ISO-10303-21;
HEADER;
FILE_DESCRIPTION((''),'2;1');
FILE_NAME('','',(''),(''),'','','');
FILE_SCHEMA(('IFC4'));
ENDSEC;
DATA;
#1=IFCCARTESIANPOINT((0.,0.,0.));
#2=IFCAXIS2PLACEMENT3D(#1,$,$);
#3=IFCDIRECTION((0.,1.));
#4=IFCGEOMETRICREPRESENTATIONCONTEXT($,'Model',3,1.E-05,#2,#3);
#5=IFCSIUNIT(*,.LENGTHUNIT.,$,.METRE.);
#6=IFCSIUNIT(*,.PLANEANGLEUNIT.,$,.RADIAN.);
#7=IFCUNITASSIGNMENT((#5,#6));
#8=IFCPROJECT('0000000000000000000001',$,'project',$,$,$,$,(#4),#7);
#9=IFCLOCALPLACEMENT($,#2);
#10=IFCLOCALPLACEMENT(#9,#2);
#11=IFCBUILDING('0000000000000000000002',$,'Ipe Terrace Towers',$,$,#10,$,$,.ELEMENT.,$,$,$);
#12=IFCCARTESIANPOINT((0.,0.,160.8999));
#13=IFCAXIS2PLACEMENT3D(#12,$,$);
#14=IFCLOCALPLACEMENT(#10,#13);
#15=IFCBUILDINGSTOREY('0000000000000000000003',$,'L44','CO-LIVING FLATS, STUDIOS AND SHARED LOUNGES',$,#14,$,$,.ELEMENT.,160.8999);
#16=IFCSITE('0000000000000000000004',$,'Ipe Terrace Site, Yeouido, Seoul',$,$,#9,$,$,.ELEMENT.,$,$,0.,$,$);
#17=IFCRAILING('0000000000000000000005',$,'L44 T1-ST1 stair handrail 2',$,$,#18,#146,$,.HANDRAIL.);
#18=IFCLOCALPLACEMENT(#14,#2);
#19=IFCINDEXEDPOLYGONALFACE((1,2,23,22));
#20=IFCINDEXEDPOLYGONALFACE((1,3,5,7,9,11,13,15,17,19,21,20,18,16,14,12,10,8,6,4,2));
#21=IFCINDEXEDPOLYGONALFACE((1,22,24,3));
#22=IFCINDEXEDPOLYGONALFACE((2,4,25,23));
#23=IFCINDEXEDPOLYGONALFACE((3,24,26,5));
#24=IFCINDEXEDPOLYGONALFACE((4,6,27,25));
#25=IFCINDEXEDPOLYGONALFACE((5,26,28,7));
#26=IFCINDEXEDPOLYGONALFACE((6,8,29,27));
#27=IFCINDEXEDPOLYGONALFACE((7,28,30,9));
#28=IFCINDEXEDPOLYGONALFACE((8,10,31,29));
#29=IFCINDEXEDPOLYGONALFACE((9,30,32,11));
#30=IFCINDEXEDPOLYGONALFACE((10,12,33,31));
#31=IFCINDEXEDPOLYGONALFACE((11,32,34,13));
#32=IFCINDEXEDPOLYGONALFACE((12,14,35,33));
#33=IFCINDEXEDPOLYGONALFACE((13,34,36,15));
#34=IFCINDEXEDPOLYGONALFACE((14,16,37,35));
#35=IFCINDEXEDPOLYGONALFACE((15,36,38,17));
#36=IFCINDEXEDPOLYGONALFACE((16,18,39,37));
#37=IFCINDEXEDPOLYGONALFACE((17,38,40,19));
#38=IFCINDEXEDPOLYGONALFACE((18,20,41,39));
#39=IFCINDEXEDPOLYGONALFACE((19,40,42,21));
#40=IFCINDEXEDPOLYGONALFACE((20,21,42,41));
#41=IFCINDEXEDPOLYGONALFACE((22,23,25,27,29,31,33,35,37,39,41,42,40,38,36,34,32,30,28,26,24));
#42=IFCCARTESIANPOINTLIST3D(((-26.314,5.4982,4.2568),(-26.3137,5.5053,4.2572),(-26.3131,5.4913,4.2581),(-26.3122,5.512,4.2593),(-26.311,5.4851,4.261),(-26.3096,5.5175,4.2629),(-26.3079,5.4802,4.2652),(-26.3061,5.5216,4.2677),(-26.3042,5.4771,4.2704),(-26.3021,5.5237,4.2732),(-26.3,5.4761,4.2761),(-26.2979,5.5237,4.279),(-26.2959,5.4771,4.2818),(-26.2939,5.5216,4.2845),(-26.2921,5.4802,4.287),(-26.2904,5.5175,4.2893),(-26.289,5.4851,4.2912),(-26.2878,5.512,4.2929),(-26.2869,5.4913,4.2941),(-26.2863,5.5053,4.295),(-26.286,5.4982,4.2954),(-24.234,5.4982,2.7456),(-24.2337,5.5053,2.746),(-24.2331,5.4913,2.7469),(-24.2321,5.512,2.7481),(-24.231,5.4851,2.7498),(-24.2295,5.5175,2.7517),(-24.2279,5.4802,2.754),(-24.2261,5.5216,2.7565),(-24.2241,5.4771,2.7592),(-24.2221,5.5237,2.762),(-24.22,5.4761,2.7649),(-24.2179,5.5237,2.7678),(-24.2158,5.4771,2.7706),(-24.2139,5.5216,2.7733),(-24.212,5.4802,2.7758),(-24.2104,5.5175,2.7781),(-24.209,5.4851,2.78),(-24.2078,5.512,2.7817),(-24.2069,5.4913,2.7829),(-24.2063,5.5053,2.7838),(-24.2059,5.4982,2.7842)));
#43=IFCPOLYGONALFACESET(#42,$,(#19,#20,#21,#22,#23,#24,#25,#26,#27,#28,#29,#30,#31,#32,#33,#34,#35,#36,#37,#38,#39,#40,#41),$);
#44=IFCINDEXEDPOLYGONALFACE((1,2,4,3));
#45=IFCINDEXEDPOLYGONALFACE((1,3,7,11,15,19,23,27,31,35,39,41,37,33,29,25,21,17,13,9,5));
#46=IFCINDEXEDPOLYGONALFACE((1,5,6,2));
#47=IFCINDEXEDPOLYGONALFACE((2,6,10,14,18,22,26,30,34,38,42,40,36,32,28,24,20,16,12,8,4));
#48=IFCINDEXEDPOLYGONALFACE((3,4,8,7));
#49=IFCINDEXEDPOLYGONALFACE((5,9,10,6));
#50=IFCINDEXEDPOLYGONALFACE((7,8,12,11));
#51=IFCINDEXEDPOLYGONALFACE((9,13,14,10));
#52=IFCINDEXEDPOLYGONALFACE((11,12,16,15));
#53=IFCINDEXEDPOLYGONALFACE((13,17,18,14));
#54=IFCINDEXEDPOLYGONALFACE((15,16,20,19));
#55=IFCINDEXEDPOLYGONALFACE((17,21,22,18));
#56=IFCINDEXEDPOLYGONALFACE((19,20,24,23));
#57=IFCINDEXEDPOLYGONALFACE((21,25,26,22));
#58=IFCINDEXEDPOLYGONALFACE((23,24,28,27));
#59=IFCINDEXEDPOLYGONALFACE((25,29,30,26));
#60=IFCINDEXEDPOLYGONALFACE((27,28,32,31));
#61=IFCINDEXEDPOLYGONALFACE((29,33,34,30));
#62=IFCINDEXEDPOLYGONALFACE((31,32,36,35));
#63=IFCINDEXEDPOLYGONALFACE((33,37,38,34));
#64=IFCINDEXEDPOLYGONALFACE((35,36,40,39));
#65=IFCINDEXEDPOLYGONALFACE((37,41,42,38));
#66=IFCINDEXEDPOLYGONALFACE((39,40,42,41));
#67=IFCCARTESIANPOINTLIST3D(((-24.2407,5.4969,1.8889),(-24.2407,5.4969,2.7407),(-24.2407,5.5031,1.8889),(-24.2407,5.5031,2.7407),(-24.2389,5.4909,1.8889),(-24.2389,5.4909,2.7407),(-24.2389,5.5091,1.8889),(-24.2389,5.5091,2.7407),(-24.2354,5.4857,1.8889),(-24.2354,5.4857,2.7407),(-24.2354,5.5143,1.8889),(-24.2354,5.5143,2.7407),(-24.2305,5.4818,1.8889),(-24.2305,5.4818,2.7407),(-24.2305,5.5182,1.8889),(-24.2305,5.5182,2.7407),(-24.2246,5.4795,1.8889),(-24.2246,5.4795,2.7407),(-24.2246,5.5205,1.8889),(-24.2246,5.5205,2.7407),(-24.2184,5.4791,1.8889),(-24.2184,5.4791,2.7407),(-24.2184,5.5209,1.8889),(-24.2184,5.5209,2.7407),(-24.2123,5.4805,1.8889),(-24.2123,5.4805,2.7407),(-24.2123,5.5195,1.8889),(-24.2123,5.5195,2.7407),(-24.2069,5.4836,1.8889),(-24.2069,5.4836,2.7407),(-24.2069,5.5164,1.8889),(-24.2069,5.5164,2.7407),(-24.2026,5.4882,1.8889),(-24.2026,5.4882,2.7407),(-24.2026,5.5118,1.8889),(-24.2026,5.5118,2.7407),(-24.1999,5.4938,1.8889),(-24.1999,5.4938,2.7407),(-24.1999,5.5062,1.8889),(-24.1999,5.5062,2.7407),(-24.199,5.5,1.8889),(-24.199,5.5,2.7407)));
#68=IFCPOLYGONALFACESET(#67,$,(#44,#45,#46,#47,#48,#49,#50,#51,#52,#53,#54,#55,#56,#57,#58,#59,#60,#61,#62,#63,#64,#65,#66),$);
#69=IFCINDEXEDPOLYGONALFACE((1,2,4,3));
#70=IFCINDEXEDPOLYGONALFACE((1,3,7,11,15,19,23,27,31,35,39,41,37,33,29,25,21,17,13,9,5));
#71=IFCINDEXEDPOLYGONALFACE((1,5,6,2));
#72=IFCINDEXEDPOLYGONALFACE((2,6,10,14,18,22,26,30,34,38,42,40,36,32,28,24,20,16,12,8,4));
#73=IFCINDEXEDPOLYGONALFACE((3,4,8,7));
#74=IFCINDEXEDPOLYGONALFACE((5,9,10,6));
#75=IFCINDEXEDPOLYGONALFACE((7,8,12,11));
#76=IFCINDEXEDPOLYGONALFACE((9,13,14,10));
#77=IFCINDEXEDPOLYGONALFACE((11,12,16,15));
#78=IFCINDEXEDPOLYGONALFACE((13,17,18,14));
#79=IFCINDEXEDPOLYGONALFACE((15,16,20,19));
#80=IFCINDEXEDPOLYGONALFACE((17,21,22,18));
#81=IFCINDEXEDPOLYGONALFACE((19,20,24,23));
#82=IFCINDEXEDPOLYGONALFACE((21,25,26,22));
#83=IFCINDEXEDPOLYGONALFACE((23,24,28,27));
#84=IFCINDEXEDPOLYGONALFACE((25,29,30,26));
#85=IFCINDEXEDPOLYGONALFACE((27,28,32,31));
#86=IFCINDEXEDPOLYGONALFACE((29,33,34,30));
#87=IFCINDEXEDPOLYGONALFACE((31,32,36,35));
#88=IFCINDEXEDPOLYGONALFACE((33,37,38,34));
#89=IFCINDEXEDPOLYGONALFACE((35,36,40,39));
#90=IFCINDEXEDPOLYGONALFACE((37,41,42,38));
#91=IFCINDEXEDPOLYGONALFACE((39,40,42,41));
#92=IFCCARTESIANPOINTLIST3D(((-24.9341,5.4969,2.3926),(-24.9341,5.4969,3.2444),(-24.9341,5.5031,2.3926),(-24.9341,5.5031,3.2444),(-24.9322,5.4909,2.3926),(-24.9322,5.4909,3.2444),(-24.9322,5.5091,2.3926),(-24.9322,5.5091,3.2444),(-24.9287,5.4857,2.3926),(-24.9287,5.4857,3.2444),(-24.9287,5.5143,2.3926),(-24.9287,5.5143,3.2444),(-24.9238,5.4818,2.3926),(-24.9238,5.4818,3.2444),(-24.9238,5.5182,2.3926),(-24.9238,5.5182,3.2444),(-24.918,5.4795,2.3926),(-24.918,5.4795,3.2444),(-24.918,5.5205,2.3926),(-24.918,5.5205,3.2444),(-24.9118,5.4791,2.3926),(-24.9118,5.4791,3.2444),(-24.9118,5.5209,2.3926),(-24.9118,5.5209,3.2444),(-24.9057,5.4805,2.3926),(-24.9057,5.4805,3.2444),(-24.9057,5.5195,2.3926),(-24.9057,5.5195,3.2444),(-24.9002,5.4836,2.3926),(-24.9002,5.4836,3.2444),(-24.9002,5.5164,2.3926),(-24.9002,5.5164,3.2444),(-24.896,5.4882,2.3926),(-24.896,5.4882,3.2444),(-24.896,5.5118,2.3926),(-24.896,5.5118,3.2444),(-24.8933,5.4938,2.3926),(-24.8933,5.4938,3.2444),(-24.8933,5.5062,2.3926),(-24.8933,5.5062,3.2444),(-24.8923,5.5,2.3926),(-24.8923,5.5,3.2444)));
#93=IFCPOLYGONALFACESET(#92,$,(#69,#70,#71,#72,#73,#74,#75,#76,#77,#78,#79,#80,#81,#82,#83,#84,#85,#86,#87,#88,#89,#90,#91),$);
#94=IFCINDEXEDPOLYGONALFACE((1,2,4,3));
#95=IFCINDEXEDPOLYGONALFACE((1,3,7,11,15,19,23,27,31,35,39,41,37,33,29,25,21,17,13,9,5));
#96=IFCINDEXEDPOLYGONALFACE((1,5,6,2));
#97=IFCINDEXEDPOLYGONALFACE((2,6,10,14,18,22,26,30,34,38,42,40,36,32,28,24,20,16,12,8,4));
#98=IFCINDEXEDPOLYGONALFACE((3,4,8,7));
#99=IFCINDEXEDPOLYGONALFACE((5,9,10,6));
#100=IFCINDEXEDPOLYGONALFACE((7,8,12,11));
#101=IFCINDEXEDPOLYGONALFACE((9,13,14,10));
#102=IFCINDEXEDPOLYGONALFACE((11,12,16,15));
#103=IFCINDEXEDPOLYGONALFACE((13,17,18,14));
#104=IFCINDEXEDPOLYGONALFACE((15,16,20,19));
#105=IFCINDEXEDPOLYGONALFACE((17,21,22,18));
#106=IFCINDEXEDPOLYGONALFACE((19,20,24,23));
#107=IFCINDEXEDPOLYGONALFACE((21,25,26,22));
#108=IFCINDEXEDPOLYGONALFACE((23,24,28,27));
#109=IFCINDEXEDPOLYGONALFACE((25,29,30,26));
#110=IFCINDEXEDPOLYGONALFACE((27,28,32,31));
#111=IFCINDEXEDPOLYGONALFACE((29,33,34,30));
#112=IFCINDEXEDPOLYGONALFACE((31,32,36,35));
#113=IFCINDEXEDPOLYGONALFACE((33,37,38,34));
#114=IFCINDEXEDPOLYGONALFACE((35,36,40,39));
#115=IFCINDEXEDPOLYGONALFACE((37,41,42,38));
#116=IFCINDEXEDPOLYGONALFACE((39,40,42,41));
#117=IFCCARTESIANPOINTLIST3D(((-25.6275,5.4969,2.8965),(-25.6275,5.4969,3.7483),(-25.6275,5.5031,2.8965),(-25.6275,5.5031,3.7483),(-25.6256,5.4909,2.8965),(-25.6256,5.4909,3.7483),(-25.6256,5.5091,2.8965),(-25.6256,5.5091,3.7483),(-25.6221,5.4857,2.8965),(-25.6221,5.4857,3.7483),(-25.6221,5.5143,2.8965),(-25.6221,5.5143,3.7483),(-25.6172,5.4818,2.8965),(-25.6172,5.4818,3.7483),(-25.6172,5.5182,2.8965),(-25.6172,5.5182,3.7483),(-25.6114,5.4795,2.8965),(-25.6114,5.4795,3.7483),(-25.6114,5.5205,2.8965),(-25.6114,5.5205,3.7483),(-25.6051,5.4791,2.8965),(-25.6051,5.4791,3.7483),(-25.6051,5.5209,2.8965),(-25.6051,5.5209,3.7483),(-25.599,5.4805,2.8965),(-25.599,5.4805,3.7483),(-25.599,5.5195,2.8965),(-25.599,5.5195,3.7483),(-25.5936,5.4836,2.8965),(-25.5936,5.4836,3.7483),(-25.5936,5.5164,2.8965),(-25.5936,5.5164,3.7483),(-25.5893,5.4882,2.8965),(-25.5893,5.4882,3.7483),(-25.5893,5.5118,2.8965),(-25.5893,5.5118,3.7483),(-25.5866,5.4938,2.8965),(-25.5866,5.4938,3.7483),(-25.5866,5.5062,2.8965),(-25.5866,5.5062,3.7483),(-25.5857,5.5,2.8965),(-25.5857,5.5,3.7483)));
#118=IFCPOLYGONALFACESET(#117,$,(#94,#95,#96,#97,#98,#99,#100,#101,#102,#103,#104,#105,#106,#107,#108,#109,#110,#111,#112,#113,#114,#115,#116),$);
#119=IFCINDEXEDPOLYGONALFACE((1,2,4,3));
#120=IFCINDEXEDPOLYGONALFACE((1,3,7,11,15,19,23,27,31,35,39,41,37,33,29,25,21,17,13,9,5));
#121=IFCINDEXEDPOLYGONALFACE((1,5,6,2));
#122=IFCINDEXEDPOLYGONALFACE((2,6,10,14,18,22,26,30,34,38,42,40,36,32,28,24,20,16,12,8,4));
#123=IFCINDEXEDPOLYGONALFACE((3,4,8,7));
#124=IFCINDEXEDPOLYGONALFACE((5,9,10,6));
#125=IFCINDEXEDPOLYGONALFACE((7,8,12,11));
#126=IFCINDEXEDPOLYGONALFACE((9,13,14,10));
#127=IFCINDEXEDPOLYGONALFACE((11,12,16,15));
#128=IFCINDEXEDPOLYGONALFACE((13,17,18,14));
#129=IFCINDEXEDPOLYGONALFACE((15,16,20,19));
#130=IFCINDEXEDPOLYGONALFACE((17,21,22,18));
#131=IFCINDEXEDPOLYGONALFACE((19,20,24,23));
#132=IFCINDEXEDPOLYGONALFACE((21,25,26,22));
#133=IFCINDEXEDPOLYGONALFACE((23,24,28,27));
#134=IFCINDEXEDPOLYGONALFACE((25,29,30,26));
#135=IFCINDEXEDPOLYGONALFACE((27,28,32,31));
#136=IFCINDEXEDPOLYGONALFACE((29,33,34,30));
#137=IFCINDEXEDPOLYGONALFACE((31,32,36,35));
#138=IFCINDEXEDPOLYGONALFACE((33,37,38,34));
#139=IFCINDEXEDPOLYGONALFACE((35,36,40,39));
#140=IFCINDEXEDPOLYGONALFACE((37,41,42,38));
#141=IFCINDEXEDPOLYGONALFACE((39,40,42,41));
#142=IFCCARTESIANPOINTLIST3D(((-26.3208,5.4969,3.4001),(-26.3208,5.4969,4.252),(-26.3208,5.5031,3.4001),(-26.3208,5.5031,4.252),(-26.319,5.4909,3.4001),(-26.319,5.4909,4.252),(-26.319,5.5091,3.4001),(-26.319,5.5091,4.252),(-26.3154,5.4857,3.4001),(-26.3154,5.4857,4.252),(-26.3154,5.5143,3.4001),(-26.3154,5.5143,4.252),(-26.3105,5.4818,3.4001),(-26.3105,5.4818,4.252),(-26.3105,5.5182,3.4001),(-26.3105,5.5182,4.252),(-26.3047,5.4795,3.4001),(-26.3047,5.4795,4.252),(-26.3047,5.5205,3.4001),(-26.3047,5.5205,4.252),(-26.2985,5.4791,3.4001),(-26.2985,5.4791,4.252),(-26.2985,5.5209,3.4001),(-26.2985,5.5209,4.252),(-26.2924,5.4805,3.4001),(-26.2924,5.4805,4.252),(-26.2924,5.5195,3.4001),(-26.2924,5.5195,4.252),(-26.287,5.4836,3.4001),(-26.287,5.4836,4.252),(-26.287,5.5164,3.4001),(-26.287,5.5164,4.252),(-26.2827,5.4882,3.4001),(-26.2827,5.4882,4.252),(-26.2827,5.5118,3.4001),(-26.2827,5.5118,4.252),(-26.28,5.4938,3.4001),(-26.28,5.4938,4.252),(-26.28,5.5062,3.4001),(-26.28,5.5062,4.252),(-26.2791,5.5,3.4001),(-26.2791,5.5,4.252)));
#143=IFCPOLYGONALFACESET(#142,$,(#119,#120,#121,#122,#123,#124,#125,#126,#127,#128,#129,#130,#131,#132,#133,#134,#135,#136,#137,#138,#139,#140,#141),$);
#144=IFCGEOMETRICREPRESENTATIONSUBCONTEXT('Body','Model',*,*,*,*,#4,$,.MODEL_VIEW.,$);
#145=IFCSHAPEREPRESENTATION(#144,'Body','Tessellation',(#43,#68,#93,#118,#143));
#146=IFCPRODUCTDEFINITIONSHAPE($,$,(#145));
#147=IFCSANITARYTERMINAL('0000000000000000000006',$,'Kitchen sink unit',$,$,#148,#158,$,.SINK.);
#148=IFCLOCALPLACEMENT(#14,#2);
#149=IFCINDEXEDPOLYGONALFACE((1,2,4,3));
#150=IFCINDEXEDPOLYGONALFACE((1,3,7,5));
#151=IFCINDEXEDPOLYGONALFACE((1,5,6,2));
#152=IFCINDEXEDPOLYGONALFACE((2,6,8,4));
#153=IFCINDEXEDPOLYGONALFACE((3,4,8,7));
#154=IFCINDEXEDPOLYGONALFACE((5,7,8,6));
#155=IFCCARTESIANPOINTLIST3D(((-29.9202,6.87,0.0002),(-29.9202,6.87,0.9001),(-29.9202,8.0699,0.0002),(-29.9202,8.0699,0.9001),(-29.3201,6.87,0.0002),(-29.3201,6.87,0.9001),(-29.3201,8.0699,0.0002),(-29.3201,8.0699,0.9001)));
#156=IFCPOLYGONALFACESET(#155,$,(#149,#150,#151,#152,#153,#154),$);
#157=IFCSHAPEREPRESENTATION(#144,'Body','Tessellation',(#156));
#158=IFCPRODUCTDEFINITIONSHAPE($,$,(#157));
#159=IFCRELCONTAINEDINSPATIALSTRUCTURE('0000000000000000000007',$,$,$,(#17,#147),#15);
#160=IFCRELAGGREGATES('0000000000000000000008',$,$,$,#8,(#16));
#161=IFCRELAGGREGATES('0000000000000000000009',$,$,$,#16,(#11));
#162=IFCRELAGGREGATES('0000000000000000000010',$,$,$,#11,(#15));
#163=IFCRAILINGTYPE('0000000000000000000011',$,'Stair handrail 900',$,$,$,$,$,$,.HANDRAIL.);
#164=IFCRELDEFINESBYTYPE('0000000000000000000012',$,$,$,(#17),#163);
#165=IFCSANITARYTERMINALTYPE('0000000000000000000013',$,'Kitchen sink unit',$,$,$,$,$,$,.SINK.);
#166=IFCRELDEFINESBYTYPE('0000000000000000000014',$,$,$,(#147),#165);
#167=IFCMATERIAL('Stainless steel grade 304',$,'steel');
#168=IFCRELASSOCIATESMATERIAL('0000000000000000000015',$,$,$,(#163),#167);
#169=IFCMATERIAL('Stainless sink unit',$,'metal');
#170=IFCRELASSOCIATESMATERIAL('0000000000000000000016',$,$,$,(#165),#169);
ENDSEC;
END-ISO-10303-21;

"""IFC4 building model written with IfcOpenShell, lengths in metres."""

from ifc_helpers import new_model, si_unit, direction, frame, origin, origin_2d, place, context, subcontext, project, spatial, rectangle, circle, extrude, material, type_object, element, save


model = new_model("IFC4")

# Units and contexts
model_context = context("Model", 3, precision=1e-05, world=origin(), true_north=direction((0.0, 1.0)))
body_context = subcontext(model_context, "Body", "Model", "MODEL_VIEW")
ifc_project = project(units=[si_unit("LENGTHUNIT", "METRE"), si_unit("PLANEANGLEUNIT", "RADIAN")], contexts=[model_context])

# Site, building, storey
site_placement = place(None, origin())
site = spatial("IfcSite", under=ifc_project, at=site_placement, Name="Ipe Terrace Site, Yeouido, Seoul", CompositionType="ELEMENT", RefElevation=0.0)
building_placement = place(site_placement, origin())
building = spatial("IfcBuilding", under=site, at=building_placement, Name="Ipe Terrace Towers", CompositionType="ELEMENT")
storey_placement = place(building_placement, frame((0.0, 0.0, 160.8999)))
storey = spatial("IfcBuildingStorey", under=building, at=storey_placement, Name="L44", Description="CO-LIVING FLATS, STUDIOS AND SHARED LOUNGES", CompositionType="ELEMENT", Elevation=160.8999)

# Railing
ifc_material_1 = material(Name="Stainless steel grade 304", Category="steel")
railing_type_1 = type_object("IfcRailingType", Name="Stair handrail 900", PredefinedType="HANDRAIL", material=ifc_material_1)
railing_1_placement = place(storey_placement, frame((-24.22, 5.5, 1.8889)))
element("IfcRailing", 1, at=railing_1_placement, inside=storey, type_object=railing_type_1, Name="L44 T1-ST1 stair handrail 2", PredefinedType="HANDRAIL", context=body_context, shape_type="SweptSolid", body=[
    extrude(circle(Radius=0.0239, at=origin_2d()), frame((0.0, 0.0, 0.876), z_axis=(-0.809023, 0.0, 0.587776), x_axis=(0.0, -1.0, 0.0)), (0.0, 0.0, 1.0), 2.571),
    extrude(circle(Radius=0.021, at=origin_2d()), origin(), (0.0, 0.0, 1.0), 0.8518),
    extrude(circle(Radius=0.021, at=origin_2d()), frame((-0.6934, 0.0, 0.5037)), (0.0, 0.0, 1.0), 0.8518),
    extrude(circle(Radius=0.021, at=origin_2d()), frame((-1.3867, 0.0, 1.0076)), (0.0, 0.0, 1.0), 0.8518),
    extrude(circle(Radius=0.021, at=origin_2d()), frame((-2.0801, 0.0, 1.5112)), (0.0, 0.0, 1.0), 0.8518),
])

# Sanitary terminal
ifc_material_2 = material(Name="Stainless sink unit", Category="metal")
sanitary_terminal_type = type_object("IfcSanitaryTerminalType", Name="Kitchen sink unit", PredefinedType="SINK", material=ifc_material_2)
sanitary_terminal_placement = place(storey_placement, frame((-29.6201, 7.47, 0.0002), z_axis=(0.0, 0.0, 1.0), x_axis=(0.0, -1.0, 0.0)))
element("IfcSanitaryTerminal", 2, at=sanitary_terminal_placement, inside=storey, type_object=sanitary_terminal_type, Name="Kitchen sink unit", PredefinedType="SINK", context=body_context, shape_type="SweptSolid", body=[
    extrude(rectangle(XDim=1.2, YDim=0.6001, at=origin_2d()), origin(), (0.0, 0.0, 1.0), 0.8999),
])

save(model, "model.ifc")
